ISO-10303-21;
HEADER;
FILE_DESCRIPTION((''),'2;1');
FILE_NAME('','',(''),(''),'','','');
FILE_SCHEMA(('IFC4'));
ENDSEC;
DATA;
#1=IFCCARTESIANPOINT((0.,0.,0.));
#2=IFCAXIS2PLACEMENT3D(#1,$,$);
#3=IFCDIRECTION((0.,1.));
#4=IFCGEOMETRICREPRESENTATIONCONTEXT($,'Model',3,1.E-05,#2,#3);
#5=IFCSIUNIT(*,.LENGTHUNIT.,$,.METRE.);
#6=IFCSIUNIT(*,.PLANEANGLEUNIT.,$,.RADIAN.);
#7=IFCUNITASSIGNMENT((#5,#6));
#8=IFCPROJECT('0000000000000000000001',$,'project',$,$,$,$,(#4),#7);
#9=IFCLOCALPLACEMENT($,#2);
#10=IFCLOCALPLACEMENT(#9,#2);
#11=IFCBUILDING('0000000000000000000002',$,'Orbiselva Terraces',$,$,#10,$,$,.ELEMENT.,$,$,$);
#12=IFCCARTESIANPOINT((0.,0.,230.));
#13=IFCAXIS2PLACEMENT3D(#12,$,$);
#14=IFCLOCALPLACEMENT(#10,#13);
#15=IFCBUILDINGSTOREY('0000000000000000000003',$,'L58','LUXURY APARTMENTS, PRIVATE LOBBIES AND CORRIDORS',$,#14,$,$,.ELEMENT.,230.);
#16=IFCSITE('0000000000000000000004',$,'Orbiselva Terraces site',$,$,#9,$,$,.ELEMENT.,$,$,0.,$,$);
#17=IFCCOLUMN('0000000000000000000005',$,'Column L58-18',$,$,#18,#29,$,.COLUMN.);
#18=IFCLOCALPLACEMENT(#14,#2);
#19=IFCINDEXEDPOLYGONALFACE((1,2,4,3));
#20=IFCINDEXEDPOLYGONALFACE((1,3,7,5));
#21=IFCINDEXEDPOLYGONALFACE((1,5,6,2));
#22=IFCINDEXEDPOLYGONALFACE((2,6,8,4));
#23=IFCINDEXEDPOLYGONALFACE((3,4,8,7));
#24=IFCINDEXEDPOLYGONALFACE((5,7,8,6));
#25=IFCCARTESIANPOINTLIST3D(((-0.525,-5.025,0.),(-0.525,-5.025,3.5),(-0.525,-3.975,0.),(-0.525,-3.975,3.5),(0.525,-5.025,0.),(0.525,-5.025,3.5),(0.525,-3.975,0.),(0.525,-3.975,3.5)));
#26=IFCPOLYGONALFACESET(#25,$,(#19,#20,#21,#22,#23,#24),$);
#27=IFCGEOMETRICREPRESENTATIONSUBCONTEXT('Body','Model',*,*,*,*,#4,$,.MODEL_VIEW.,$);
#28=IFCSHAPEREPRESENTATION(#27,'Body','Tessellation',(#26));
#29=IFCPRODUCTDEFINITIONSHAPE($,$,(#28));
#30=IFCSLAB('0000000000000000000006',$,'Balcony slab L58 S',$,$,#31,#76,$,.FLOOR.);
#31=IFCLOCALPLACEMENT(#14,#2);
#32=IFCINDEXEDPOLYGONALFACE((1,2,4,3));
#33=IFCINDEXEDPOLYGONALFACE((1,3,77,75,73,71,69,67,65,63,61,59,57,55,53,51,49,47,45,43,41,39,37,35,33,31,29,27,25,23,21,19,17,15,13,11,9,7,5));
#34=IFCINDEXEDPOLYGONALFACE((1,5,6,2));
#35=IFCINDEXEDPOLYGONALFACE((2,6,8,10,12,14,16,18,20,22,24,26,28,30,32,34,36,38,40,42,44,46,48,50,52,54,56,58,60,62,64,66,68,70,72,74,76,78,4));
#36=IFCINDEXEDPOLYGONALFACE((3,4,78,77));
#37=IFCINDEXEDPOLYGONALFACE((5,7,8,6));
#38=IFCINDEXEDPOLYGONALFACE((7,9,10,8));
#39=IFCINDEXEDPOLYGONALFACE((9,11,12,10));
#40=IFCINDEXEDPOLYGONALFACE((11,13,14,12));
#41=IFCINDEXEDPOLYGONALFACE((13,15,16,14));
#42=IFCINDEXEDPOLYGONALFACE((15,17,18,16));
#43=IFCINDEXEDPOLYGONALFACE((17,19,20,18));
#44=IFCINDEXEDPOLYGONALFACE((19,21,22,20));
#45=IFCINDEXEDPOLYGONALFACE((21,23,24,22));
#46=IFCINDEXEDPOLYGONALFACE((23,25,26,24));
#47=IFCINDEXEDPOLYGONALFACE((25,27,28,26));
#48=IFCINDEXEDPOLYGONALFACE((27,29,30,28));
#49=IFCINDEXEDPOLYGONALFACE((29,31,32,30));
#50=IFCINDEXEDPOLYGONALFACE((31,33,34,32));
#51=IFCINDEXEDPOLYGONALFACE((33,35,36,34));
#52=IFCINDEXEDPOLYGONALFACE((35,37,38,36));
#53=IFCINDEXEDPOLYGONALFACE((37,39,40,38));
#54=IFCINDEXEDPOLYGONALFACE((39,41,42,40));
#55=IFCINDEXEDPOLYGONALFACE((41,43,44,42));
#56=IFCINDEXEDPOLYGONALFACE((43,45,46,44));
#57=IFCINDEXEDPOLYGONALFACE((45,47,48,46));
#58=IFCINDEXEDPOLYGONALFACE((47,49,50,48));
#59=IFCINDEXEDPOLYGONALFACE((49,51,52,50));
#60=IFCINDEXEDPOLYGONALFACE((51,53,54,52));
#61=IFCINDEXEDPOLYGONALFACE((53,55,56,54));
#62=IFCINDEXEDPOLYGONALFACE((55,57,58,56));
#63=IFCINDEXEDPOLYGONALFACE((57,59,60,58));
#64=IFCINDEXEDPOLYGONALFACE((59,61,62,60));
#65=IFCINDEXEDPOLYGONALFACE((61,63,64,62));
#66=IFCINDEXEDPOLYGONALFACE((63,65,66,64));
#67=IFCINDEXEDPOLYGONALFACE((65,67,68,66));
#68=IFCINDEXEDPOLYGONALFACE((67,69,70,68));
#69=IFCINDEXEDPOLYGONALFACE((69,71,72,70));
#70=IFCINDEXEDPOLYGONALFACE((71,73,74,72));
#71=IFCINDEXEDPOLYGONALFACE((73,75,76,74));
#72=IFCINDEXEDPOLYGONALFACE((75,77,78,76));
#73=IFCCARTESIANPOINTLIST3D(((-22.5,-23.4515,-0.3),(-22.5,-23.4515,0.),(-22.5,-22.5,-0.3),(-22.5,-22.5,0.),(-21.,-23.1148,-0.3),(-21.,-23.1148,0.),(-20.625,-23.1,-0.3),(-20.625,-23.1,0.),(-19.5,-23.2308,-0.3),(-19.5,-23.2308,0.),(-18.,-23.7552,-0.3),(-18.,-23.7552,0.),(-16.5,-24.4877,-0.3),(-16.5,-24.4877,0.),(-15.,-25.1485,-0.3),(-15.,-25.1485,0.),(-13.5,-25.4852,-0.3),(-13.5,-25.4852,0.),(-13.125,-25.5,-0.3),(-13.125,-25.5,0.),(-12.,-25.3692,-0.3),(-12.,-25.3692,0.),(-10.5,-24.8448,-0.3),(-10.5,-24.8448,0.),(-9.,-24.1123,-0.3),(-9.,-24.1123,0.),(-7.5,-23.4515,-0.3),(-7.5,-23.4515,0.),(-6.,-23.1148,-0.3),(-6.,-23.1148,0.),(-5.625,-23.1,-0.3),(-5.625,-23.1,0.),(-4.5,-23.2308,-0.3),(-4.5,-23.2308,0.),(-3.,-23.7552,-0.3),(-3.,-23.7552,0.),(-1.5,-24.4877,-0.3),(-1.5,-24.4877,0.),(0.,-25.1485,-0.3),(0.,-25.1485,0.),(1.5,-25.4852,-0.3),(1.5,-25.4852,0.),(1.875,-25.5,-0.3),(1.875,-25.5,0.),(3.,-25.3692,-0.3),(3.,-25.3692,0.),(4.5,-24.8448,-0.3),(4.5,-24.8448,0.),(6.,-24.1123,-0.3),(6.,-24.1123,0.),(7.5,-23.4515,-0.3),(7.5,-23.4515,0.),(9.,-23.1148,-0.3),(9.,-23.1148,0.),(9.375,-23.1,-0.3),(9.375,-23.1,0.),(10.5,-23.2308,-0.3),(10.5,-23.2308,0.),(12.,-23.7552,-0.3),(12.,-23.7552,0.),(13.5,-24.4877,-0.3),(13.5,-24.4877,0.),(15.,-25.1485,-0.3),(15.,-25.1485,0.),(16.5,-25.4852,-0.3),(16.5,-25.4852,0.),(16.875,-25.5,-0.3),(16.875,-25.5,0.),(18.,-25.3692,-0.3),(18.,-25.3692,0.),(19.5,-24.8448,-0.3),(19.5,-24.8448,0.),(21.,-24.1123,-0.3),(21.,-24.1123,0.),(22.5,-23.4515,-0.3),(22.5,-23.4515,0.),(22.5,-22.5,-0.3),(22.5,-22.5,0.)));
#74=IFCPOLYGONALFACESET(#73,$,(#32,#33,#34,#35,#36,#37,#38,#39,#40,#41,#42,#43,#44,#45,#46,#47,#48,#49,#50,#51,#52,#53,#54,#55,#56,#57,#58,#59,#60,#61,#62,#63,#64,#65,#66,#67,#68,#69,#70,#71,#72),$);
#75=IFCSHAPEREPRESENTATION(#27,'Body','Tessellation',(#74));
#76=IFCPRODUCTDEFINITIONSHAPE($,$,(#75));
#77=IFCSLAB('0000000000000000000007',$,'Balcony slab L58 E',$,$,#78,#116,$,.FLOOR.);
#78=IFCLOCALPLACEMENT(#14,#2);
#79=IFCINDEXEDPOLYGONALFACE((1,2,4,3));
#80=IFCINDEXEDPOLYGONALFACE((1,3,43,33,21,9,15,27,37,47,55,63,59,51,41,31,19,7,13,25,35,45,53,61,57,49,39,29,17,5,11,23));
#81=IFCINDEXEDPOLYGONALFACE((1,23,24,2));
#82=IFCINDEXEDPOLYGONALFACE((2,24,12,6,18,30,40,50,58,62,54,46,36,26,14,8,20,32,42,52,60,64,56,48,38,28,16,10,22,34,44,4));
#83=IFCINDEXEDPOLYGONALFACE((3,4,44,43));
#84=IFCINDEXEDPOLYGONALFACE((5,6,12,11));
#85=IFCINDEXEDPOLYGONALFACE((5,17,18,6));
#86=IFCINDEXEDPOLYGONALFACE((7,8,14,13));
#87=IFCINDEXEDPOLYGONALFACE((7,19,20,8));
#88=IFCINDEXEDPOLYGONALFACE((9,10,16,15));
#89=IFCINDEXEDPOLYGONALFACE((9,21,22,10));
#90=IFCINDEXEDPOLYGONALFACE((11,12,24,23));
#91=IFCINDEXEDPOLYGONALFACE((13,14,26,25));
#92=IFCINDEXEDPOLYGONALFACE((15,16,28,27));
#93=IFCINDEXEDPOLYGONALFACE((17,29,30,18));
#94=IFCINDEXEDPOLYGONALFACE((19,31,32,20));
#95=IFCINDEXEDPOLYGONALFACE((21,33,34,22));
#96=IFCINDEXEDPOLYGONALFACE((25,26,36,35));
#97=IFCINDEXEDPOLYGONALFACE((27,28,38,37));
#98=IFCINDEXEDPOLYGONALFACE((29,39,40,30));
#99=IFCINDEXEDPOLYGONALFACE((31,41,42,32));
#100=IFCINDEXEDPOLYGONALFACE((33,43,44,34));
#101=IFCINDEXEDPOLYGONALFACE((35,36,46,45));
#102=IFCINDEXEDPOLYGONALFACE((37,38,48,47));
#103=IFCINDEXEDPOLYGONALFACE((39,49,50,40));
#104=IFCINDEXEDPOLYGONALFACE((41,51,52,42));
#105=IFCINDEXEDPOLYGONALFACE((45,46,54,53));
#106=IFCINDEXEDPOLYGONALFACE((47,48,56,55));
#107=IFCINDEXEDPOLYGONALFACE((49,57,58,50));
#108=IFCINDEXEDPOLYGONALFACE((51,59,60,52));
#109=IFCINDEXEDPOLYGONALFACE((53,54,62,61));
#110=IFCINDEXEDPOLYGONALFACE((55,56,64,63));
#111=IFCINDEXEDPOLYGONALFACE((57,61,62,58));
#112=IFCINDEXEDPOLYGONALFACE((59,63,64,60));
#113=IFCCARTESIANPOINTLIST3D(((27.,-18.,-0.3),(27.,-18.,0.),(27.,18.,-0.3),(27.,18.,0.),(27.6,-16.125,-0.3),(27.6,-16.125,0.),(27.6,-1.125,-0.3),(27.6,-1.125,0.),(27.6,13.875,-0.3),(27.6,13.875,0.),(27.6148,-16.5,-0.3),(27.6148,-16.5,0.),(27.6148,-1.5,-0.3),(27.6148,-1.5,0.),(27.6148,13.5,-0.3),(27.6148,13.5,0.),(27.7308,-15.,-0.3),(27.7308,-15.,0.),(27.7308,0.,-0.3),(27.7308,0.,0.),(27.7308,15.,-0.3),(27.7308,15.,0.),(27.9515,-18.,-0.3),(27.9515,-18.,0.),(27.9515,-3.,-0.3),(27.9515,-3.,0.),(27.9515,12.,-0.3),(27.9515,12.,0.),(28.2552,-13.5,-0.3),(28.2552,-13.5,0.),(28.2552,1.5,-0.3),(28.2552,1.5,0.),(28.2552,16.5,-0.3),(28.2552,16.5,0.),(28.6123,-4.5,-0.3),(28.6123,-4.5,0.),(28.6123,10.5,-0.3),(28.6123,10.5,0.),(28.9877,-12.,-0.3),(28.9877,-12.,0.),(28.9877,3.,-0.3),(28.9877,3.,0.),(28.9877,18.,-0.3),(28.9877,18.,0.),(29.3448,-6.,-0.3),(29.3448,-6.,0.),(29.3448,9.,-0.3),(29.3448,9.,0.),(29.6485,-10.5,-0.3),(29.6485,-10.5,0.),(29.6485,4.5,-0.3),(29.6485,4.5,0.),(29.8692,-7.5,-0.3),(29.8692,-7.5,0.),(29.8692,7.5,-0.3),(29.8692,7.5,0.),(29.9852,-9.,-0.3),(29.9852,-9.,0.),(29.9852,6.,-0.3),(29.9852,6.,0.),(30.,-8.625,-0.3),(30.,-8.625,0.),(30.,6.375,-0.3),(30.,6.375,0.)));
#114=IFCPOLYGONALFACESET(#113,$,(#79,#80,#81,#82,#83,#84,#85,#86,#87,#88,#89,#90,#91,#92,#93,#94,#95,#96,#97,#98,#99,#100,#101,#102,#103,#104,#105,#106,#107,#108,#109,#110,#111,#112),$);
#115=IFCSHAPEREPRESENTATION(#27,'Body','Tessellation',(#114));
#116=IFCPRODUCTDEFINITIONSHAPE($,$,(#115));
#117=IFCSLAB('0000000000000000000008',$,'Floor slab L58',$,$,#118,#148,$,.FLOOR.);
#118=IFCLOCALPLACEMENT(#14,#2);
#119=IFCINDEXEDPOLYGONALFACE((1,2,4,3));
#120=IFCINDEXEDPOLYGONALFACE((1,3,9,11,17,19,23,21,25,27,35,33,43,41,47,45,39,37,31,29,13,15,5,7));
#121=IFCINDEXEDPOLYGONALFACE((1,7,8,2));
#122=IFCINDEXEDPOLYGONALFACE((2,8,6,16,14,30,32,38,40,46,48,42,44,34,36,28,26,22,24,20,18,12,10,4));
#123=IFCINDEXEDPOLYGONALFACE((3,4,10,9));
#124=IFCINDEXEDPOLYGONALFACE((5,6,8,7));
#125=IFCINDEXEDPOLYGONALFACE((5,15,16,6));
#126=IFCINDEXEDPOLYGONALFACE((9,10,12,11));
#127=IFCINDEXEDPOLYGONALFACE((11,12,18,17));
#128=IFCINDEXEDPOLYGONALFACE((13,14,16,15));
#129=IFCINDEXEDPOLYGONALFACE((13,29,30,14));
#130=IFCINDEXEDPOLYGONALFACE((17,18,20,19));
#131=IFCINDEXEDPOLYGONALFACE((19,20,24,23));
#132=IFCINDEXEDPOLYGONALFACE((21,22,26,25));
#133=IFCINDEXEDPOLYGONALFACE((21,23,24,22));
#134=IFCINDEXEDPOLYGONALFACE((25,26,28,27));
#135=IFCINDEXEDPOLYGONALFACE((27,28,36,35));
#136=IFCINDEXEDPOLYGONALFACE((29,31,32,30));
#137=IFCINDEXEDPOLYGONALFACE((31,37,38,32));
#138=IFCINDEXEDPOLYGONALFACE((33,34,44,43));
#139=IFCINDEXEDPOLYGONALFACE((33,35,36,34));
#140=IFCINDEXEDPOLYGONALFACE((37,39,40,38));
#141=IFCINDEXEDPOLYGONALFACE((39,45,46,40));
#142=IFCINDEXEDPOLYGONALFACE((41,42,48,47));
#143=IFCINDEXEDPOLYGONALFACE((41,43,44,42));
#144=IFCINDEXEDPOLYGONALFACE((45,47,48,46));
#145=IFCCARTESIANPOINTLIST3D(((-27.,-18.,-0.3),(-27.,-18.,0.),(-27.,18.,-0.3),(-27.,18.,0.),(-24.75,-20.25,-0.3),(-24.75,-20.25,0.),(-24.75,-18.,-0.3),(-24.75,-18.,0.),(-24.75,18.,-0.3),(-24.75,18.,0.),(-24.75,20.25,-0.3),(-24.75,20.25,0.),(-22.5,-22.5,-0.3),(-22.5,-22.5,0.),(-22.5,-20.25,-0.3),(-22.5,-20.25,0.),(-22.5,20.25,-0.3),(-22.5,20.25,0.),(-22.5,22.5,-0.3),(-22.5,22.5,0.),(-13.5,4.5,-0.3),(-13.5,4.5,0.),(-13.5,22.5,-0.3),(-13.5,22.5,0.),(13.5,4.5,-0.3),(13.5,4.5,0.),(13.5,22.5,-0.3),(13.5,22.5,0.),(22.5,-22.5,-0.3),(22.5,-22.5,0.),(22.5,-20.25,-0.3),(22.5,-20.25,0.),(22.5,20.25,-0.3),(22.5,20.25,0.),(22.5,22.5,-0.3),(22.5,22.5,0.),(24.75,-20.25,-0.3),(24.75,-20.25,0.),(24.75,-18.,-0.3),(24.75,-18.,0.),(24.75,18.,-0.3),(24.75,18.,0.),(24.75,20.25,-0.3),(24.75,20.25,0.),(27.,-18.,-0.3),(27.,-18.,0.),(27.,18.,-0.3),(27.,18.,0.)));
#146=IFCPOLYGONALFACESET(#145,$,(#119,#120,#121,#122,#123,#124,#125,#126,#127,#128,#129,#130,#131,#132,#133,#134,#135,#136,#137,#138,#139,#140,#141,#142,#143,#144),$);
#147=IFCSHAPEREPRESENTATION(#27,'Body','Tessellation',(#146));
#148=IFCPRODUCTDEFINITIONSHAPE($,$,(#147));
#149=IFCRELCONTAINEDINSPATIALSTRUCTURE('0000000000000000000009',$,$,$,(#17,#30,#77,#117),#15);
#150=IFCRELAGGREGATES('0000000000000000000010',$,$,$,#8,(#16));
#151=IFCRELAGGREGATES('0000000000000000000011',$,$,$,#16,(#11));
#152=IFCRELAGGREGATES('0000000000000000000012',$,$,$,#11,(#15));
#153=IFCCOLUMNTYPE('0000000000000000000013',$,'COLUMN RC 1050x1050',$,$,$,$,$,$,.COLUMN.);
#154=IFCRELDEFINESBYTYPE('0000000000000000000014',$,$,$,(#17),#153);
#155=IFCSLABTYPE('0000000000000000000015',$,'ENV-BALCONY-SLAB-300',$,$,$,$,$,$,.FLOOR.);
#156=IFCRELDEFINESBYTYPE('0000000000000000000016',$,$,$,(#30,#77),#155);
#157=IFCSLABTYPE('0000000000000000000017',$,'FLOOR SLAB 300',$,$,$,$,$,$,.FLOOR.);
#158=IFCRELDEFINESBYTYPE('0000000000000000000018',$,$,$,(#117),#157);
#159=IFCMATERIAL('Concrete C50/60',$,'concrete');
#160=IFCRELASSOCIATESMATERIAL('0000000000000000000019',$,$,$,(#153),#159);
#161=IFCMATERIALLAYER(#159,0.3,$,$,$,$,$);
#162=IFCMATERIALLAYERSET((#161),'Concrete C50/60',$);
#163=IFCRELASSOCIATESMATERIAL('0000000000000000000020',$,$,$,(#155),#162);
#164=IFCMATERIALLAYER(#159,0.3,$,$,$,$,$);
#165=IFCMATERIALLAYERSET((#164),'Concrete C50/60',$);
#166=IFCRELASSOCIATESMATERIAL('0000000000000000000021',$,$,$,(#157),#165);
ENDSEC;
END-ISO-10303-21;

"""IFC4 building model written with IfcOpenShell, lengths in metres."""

from ifc_helpers import new_model, si_unit, direction, frame, origin, origin_2d, place, context, subcontext, project, spatial, polyline, rectangle, outline, extrude, material, layer, layer_set, material_profile, profile_set, type_object, element, save


model = new_model("IFC4")

# Units and contexts
model_context = context("Model", 3, precision=1e-05, world=origin(), true_north=direction((0.0, 1.0)))
body_context = subcontext(model_context, "Body", "Model", "MODEL_VIEW")
ifc_project = project(units=[si_unit("LENGTHUNIT", "METRE"), si_unit("PLANEANGLEUNIT", "RADIAN")], contexts=[model_context])

# Site, building, storey
site_placement = place(None, origin())
site = spatial("IfcSite", under=ifc_project, at=site_placement, Name="Orbiselva Terraces site", CompositionType="ELEMENT", RefElevation=0.0)
building_placement = place(site_placement, origin())
building = spatial("IfcBuilding", under=site, at=building_placement, Name="Orbiselva Terraces", CompositionType="ELEMENT")
storey_placement = place(building_placement, frame((0.0, 0.0, 230.0)))
storey = spatial("IfcBuildingStorey", under=building, at=storey_placement, Name="L58", Description="LUXURY APARTMENTS, PRIVATE LOBBIES AND CORRIDORS", CompositionType="ELEMENT", Elevation=230.0)

# Column
ifc_material_1 = material(Name="Concrete C50/60", Category="concrete")
ifc_material_profile = material_profile(ifc_material_1, rectangle(XDim=1.05, YDim=1.05, at=origin_2d()), Name="RC 1050x1050")
ifc_profile_set = profile_set([ifc_material_profile], Name="Concrete C50/60")
column_type = type_object("IfcColumnType", Name="COLUMN RC 1050x1050", PredefinedType="COLUMN", material=ifc_profile_set)
column_placement = place(storey_placement, frame((0.0, -4.5, 0.0), z_axis=(0.0, 0.0, 1.0), x_axis=(1.0, 0.0, 0.0)))
element("IfcColumn", 1, at=column_placement, inside=storey, type_object=column_type, Name="Column L58-18", PredefinedType="COLUMN", context=body_context, shape_type="SweptSolid", body=[
    extrude(rectangle(XDim=1.05, YDim=1.05, at=origin_2d()), origin(), (0.0, 0.0, 1.0), 3.5),
])

# Slabs
ifc_layer_1 = layer(ifc_material_1, 0.3)
ifc_layer_set_1 = layer_set([ifc_layer_1], Name="Concrete C50/60")
slab_type_1 = type_object("IfcSlabType", Name="ENV-BALCONY-SLAB-300", PredefinedType="FLOOR", material=ifc_layer_set_1)
slab_1_placement = place(storey_placement, frame((0.0, 0.0, -0.3)))
element("IfcSlab", 2, at=slab_1_placement, inside=storey, type_object=slab_type_1, Name="Balcony slab L58 S", PredefinedType="FLOOR", context=body_context, shape_type="SweptSolid", body=[
    extrude(outline(polyline([(-22.5, -23.4515), (-21.0, -23.1148), (-20.625, -23.1), (-19.5, -23.2308), (-18.0, -23.7552), (-16.5, -24.4877), (-15.0, -25.1485), (-13.5, -25.4852), (-13.125, -25.5), (-12.0, -25.3692), (-10.5, -24.8448), (-9.0, -24.1123), (-7.5, -23.4515), (-6.0, -23.1148), (-5.625, -23.1), (-4.5, -23.2308), (-3.0, -23.7552), (-1.5, -24.4877), (0.0, -25.1485), (1.5, -25.4852), (1.875, -25.5), (3.0, -25.3692), (4.5, -24.8448), (6.0, -24.1123), (7.5, -23.4515), (9.0, -23.1148), (9.375, -23.1), (10.5, -23.2308), (12.0, -23.7552), (13.5, -24.4877), (15.0, -25.1485), (16.5, -25.4852), (16.875, -25.5), (18.0, -25.3692), (19.5, -24.8448), (21.0, -24.1123), (22.5, -23.4515), (22.5, -22.5), (-22.5, -22.5), (-22.5, -23.4515)])), origin(), (0.0, 0.0, 1.0), 0.3),
])
slab_2_placement = place(storey_placement, frame((0.0, 0.0, -0.3)))
element("IfcSlab", 3, at=slab_2_placement, inside=storey, type_object=slab_type_1, Name="Balcony slab L58 E", PredefinedType="FLOOR", context=body_context, shape_type="SweptSolid", body=[
    extrude(outline(polyline([(27.9515, -18.0), (27.6148, -16.5), (27.6, -16.125), (27.7308, -15.0), (28.2552, -13.5), (28.9877, -12.0), (29.6485, -10.5), (29.9852, -9.0), (30.0, -8.625), (29.8692, -7.5), (29.3448, -6.0), (28.6123, -4.5), (27.9515, -3.0), (27.6148, -1.5), (27.6, -1.125), (27.7308, 0.0), (28.2552, 1.5), (28.9877, 3.0), (29.6485, 4.5), (29.9852, 6.0), (30.0, 6.375), (29.8692, 7.5), (29.3448, 9.0), (28.6123, 10.5), (27.9515, 12.0), (27.6148, 13.5), (27.6, 13.875), (27.7308, 15.0), (28.2552, 16.5), (28.9877, 18.0), (27.0, 18.0), (27.0, -18.0), (27.9515, -18.0)])), origin(), (0.0, 0.0, 1.0), 0.3),
])
ifc_layer_2 = layer(ifc_material_1, 0.3)
ifc_layer_set_2 = layer_set([ifc_layer_2], Name="Concrete C50/60")
slab_type_2 = type_object("IfcSlabType", Name="FLOOR SLAB 300", PredefinedType="FLOOR", material=ifc_layer_set_2)
slab_3_placement = place(storey_placement, frame((0.0, 0.0, -0.3)))
element("IfcSlab", 4, at=slab_3_placement, inside=storey, type_object=slab_type_2, Name="Floor slab L58", PredefinedType="FLOOR", context=body_context, shape_type="SweptSolid", body=[
    extrude(outline(polyline([(22.5, 22.5), (22.5, 20.25), (24.75, 20.25), (24.75, 18.0), (27.0, 18.0), (27.0, -18.0), (24.75, -18.0), (24.75, -20.25), (22.5, -20.25), (22.5, -22.5), (-22.5, -22.5), (-22.5, -20.25), (-24.75, -20.25), (-24.75, -18.0), (-27.0, -18.0), (-27.0, 18.0), (-24.75, 18.0), (-24.75, 20.25), (-22.5, 20.25), (-22.5, 22.5), (-13.5, 22.5), (-13.5, 4.5), (13.5, 4.5), (13.5, 22.5), (22.5, 22.5)])), origin(), (0.0, 0.0, 1.0), 0.3),
])

save(model, "model.ifc")
